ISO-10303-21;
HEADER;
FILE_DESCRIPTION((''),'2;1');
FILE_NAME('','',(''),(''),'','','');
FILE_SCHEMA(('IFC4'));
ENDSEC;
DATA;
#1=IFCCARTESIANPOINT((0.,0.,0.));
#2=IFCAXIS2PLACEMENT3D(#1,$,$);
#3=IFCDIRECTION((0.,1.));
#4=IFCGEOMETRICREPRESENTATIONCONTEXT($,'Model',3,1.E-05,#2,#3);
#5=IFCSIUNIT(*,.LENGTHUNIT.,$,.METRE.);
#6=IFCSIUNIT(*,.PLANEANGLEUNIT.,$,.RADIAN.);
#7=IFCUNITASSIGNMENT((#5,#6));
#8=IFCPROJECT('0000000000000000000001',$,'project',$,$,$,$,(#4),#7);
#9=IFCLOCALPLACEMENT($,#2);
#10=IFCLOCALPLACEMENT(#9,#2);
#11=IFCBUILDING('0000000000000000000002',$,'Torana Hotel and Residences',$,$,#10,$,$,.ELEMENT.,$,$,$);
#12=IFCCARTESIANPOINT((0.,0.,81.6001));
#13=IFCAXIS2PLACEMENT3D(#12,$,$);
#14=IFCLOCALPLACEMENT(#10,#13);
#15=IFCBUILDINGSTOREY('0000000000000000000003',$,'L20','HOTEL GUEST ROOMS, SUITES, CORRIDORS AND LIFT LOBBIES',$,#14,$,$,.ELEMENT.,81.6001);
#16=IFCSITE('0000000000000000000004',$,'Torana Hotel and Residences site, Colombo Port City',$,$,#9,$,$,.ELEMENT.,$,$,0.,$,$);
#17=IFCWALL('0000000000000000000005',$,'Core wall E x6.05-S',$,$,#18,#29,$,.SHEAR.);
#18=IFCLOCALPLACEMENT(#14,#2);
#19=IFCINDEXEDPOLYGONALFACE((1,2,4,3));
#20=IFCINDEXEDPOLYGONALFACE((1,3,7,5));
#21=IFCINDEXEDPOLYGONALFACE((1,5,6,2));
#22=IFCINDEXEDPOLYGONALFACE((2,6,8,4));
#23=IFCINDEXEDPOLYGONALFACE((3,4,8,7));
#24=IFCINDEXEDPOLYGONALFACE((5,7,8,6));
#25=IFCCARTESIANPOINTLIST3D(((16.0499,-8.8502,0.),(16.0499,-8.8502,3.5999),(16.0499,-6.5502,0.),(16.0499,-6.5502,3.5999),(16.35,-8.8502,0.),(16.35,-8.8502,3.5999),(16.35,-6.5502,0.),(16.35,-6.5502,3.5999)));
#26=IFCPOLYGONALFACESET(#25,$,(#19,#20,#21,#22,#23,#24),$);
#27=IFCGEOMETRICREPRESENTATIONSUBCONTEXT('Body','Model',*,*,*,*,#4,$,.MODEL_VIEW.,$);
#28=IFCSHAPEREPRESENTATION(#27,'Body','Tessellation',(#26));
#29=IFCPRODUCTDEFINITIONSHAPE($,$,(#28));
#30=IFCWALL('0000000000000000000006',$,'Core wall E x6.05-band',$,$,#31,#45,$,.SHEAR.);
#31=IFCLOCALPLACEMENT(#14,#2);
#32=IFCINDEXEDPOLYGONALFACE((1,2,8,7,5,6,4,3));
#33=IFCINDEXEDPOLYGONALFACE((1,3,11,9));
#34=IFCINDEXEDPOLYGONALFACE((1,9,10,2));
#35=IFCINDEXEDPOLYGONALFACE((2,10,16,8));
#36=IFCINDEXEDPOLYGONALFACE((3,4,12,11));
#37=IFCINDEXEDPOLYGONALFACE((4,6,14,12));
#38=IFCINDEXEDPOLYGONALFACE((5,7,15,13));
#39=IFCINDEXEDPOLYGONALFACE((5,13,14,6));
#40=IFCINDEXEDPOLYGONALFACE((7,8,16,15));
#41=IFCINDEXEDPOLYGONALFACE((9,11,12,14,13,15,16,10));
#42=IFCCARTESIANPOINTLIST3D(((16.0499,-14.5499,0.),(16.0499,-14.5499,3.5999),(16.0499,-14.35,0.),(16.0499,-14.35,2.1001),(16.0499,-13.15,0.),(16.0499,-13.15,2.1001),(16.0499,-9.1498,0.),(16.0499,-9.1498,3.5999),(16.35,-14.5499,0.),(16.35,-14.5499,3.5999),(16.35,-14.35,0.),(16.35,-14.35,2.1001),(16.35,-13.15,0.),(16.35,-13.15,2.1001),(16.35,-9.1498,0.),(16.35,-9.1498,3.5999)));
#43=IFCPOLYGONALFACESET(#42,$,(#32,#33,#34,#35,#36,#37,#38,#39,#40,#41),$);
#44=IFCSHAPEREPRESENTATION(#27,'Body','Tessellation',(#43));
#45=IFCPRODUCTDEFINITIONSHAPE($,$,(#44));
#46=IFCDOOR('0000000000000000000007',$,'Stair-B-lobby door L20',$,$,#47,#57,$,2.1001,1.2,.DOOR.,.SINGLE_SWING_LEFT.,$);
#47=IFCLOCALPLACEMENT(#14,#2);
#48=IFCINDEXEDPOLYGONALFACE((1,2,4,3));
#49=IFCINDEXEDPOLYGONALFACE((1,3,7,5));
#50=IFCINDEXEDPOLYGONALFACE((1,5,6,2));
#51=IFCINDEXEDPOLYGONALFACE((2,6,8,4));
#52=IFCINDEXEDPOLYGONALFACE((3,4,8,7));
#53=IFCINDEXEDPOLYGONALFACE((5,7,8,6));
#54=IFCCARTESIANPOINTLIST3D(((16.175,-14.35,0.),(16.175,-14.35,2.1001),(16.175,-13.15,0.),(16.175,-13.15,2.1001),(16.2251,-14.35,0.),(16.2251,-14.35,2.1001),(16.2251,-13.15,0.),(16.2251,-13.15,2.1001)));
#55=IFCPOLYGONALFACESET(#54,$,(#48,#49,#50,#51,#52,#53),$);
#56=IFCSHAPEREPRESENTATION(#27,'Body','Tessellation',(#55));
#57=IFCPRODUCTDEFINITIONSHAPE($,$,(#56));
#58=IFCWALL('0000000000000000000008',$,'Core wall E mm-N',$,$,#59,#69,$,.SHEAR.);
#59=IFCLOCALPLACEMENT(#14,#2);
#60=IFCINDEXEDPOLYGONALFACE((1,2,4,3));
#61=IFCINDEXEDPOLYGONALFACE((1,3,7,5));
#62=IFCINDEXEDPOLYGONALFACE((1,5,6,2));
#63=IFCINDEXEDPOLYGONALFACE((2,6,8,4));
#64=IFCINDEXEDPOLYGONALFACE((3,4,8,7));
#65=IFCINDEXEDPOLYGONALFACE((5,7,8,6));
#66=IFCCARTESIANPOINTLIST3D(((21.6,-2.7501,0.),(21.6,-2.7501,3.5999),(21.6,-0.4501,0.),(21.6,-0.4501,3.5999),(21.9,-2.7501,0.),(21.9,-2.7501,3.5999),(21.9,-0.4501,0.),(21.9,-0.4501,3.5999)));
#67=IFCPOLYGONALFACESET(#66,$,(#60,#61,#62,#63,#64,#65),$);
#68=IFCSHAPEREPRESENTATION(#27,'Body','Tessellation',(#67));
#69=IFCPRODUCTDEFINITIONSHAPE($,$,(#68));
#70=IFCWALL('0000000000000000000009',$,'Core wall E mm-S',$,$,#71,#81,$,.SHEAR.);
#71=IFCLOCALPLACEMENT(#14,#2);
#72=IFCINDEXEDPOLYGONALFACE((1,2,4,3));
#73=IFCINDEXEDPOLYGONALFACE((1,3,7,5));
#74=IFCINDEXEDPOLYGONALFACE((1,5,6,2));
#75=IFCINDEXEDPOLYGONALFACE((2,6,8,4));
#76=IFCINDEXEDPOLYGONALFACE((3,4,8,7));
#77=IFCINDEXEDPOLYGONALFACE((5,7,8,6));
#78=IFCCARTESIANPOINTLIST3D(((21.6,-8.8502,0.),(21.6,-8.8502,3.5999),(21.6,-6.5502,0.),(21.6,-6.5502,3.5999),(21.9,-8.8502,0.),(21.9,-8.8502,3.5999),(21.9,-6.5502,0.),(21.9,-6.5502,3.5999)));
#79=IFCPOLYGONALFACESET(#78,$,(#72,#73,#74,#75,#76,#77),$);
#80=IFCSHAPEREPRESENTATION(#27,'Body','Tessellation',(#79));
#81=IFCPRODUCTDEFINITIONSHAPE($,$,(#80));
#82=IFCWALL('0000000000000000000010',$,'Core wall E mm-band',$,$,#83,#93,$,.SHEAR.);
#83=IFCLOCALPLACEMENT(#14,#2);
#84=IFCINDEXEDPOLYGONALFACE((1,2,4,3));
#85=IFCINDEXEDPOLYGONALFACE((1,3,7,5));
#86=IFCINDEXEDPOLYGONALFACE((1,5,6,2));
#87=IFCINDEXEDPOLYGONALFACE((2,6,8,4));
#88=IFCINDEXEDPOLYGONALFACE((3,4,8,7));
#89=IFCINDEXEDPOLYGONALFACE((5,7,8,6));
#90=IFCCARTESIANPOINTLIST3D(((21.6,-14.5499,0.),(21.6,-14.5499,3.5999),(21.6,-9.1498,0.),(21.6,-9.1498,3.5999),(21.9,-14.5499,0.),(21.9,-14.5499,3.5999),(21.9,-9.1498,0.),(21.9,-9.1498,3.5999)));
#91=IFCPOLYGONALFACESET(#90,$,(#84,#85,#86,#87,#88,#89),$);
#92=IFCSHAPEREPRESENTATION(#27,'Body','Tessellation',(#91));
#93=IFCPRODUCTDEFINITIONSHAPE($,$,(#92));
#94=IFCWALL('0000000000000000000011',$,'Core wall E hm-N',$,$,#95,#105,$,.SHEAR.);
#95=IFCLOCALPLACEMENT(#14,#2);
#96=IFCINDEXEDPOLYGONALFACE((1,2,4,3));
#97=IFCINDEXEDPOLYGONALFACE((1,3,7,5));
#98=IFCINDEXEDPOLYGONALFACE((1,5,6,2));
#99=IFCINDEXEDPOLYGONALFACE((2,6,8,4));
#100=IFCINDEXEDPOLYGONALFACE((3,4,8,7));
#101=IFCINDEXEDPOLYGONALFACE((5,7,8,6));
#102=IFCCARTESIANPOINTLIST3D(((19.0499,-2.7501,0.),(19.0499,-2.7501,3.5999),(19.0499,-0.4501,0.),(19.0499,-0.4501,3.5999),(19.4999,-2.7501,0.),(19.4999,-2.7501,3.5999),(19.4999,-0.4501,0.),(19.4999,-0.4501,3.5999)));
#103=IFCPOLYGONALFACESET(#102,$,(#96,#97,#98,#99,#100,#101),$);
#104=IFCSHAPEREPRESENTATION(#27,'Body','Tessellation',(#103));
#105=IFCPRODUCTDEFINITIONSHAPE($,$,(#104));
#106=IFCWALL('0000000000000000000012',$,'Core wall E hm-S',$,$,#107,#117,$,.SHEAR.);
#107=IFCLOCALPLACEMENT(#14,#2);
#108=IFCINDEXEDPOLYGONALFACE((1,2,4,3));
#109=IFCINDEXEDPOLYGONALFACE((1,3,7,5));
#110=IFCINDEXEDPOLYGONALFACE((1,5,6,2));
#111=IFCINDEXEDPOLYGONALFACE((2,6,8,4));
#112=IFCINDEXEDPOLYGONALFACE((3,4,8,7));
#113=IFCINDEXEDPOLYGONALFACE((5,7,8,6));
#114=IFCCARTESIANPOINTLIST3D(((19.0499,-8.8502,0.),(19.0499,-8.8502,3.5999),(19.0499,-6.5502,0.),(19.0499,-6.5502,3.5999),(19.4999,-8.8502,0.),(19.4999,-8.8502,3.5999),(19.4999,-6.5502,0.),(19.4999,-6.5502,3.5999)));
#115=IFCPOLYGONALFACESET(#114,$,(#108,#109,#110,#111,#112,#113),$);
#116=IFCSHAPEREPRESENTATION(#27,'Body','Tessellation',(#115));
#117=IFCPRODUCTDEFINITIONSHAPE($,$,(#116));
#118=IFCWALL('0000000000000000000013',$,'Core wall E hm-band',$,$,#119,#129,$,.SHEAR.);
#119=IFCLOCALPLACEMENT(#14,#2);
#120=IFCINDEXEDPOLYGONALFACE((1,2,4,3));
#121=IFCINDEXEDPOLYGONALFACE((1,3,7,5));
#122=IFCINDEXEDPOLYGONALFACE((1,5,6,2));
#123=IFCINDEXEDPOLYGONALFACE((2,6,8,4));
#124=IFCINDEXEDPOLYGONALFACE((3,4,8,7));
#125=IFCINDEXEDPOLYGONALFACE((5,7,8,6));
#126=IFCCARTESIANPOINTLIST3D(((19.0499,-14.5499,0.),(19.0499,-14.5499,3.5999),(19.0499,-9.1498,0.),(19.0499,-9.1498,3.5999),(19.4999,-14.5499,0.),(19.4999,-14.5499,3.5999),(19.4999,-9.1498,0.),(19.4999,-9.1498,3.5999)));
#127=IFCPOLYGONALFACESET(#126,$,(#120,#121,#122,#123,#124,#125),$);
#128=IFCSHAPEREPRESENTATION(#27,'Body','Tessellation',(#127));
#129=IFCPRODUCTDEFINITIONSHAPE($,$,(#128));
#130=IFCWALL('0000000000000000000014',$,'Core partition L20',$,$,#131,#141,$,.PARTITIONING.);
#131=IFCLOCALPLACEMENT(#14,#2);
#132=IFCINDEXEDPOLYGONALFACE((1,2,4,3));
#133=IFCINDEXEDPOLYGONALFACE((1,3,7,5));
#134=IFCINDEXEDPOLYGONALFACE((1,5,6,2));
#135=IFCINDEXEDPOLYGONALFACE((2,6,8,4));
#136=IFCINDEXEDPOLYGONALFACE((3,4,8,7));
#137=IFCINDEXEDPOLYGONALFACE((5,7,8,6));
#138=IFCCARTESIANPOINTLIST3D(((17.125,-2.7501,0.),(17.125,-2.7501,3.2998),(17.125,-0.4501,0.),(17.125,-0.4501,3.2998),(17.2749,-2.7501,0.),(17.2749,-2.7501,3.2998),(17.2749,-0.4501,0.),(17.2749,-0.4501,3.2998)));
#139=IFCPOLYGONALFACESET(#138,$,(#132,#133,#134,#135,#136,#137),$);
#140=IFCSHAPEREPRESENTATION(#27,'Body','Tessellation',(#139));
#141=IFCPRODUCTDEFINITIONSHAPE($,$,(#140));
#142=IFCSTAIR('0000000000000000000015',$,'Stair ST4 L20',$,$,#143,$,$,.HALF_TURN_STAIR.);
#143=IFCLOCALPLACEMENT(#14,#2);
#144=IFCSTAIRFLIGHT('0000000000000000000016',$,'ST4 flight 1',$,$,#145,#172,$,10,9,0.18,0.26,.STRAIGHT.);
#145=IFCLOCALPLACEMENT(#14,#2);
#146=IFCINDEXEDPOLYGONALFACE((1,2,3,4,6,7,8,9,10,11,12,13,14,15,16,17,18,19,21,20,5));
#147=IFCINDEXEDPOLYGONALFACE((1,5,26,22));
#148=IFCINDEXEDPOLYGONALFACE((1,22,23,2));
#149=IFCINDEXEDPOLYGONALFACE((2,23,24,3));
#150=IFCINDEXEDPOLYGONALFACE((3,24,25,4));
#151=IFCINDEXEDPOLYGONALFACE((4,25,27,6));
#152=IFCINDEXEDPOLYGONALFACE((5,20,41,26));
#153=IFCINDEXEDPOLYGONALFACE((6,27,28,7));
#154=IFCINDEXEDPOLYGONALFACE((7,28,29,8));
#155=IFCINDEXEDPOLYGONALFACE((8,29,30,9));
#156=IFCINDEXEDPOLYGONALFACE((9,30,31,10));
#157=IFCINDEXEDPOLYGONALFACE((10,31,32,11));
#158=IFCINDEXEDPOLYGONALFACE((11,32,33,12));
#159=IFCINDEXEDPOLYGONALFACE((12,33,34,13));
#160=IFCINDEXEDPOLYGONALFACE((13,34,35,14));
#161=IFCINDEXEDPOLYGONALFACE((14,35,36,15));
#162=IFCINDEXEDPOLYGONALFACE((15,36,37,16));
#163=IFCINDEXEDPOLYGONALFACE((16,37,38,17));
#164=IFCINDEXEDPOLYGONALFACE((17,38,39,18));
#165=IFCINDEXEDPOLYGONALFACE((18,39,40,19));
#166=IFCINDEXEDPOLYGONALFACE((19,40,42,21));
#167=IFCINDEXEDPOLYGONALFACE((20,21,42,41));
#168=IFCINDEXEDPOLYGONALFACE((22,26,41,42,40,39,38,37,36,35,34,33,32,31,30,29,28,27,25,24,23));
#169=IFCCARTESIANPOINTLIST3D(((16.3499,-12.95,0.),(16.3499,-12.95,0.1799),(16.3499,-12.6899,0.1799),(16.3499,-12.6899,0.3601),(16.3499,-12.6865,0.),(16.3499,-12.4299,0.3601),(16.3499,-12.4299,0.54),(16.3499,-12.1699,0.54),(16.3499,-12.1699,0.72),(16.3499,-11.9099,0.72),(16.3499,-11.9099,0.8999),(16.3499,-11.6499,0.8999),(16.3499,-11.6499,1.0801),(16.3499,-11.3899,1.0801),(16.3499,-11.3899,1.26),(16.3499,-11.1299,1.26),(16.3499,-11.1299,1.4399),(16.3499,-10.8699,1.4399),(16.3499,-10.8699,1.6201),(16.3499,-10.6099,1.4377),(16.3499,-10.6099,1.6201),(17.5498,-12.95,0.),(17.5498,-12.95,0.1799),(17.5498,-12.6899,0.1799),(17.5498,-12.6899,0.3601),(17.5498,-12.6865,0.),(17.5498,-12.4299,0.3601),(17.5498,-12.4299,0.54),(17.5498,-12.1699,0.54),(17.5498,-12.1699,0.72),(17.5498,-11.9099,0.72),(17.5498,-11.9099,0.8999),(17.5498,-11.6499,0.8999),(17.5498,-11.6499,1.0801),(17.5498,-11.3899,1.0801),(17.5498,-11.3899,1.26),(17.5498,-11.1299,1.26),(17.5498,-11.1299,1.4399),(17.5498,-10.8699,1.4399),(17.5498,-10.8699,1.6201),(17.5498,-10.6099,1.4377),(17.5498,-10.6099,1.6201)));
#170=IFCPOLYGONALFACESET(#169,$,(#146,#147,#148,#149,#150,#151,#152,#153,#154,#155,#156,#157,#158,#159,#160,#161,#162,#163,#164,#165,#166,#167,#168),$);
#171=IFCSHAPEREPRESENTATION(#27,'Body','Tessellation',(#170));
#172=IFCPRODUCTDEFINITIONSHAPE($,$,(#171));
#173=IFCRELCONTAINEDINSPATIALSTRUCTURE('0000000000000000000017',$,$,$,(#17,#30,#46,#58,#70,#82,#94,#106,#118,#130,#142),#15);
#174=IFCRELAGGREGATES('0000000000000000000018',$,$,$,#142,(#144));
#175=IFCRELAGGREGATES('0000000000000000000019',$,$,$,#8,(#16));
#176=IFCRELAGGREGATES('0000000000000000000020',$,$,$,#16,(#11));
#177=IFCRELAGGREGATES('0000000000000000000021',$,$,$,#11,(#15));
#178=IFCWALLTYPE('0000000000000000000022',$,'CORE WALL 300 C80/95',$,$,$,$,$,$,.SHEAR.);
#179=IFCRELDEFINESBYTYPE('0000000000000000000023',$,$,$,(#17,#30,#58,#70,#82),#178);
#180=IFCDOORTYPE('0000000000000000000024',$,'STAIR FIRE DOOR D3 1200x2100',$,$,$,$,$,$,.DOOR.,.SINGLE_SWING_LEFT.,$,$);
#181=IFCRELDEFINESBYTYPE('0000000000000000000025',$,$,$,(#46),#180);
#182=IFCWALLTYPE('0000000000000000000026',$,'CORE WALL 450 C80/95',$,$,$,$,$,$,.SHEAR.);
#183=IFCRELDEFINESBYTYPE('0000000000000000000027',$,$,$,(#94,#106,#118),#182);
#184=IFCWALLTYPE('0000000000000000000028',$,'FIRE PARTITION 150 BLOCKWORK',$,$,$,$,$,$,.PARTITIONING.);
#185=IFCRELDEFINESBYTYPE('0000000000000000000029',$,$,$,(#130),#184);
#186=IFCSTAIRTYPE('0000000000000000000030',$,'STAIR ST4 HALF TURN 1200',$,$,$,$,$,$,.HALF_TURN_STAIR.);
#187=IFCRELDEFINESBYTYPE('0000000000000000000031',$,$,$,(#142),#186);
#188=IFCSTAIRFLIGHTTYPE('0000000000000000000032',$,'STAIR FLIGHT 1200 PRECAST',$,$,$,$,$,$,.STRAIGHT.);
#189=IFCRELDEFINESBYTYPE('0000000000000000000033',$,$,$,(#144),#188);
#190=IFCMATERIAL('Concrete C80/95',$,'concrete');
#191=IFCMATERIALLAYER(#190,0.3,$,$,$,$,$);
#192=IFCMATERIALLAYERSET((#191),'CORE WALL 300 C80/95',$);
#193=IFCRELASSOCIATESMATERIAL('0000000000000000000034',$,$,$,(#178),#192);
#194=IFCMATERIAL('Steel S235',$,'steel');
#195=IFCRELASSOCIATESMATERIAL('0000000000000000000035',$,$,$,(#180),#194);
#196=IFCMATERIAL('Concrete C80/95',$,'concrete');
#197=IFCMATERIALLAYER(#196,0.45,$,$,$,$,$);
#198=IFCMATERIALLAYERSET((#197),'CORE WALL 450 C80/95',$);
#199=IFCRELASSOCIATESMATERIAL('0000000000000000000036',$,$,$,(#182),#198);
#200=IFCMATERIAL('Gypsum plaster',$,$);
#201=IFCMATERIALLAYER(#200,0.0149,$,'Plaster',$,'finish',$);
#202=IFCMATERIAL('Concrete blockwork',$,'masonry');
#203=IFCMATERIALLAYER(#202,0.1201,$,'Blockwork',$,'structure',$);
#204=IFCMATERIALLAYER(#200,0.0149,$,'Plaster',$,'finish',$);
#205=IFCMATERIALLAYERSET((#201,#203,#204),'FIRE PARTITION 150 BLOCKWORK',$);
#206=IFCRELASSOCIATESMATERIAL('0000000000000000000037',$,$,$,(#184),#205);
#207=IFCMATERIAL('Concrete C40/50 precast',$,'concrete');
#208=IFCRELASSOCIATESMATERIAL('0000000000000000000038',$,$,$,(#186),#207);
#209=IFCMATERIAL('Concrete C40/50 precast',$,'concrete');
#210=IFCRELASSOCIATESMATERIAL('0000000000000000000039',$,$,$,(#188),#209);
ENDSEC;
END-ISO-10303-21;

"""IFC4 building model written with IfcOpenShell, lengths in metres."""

from ifc_helpers import new_model, si_unit, direction, frame, frame_2d, origin, place, context, subcontext, project, spatial, polyline, rectangle, outline, extrude, material, layer, layer_set, type_object, element, fill, aggregate, save


model = new_model("IFC4")

# Units and contexts
model_context = context("Model", 3, precision=1e-05, world=origin(), true_north=direction((0.0, 1.0)))
body_context = subcontext(model_context, "Body", "Model", "MODEL_VIEW")
ifc_project = project(units=[si_unit("LENGTHUNIT", "METRE"), si_unit("PLANEANGLEUNIT", "RADIAN")], contexts=[model_context])

# Site, building, storey
site_placement = place(None, origin())
site = spatial("IfcSite", under=ifc_project, at=site_placement, Name="Torana Hotel and Residences site, Colombo Port City", CompositionType="ELEMENT", RefElevation=0.0)
building_placement = place(site_placement, origin())
building = spatial("IfcBuilding", under=site, at=building_placement, Name="Torana Hotel and Residences", CompositionType="ELEMENT")
storey_placement = place(building_placement, frame((0.0, 0.0, 81.6001)))
storey = spatial("IfcBuildingStorey", under=building, at=storey_placement, Name="L20", Description="HOTEL GUEST ROOMS, SUITES, CORRIDORS AND LIFT LOBBIES", CompositionType="ELEMENT", Elevation=81.6001)

# Wall
ifc_material_1 = material(Name="Concrete C80/95", Category="concrete")
ifc_layer_1 = layer(ifc_material_1, 0.3)
ifc_layer_set_1 = layer_set([ifc_layer_1], Name="CORE WALL 300 C80/95")
wall_type_1 = type_object("IfcWallType", Name="CORE WALL 300 C80/95", PredefinedType="SHEAR", material=ifc_layer_set_1)
wall_1_placement = place(storey_placement, frame((16.2, -8.8501, 0.0), z_axis=(0.0, 0.0, 1.0), x_axis=(0.0, 1.0, 0.0)))
element("IfcWall", 1, at=wall_1_placement, inside=storey, type_object=wall_type_1, Name="Core wall E x6.05-S", PredefinedType="SHEAR", context=body_context, shape_type="SweptSolid", body=[
    extrude(rectangle(XDim=2.3, YDim=0.3, at=frame_2d((1.1499, 0.0))), origin(), (0.0, 0.0, 1.0), 3.5999),
])

# Wall, opening, door
wall_2_placement = place(storey_placement, frame((16.2, -14.55, 0.0), z_axis=(0.0, 0.0, 1.0), x_axis=(0.0, 1.0, 0.0)))
wall_2 = element("IfcWall", 2, at=wall_2_placement, inside=storey, type_object=wall_type_1, Name="Core wall E x6.05-band", PredefinedType="SHEAR", context=body_context, shape_type="SweptSolid", body=[
    extrude(rectangle(XDim=5.4001, YDim=0.3, at=frame_2d((2.7002, 0.0))), origin(), (0.0, 0.0, 1.0), 3.5999),
])
opening_placement = place(wall_2_placement, frame((0.2, 0.0, 0.0)))
opening = element("IfcOpeningElement", 3, at=opening_placement, cuts=wall_2, PredefinedType="OPENING", context=body_context, shape_type="SweptSolid", body=[
    extrude(rectangle(XDim=1.2, YDim=2.1001, at=frame_2d((0.6001, 1.05))), frame((0.0, 0.1599, 0.0), z_axis=(0.0, -1.0, 0.0), x_axis=(1.0, 0.0, 0.0)), (0.0, 0.0, 1.0), 0.3201),
])
ifc_material_2 = material(Name="Steel S235", Category="steel")
door_type = type_object("IfcDoorType", Name="STAIR FIRE DOOR D3 1200x2100", OperationType="SINGLE_SWING_LEFT", PredefinedType="DOOR", material=ifc_material_2)
door_placement = place(opening_placement, frame((0.6001, 0.0, 0.0), z_axis=(0.0, 0.0, 1.0), x_axis=(-1.0, 0.0, 0.0)))
door = element("IfcDoor", 4, at=door_placement, inside=storey, type_object=door_type, Name="Stair-B-lobby door L20", OperationType="SINGLE_SWING_LEFT", OverallHeight=2.1001, OverallWidth=1.2, PredefinedType="DOOR", context=body_context, shape_type="SweptSolid", body=[
    extrude(rectangle(XDim=1.2, YDim=2.1001, at=frame_2d((0.0, 1.05))), frame((0.0, -0.0249, 0.0), z_axis=(0.0, 1.0, 0.0), x_axis=(-1.0, 0.0, 0.0)), (0.0, 0.0, 1.0), 0.05),
])
fill(opening, door)

# Walls
for number, where, z_axis, x_axis, name in (
    (5, (21.75, -2.75, 0.0), (0.0, 0.0, 1.0), (0.0, 1.0, 0.0), "Core wall E mm-N"),
    (6, (21.75, -8.8501, 0.0), (0.0, 0.0, 1.0), (0.0, 1.0, 0.0), "Core wall E mm-S"),
):
    element("IfcWall", number, at=place(storey_placement, frame(where, z_axis=z_axis, x_axis=x_axis)), inside=storey, type_object=wall_type_1, Name=name, PredefinedType="SHEAR", context=body_context, shape_type="SweptSolid", body=[
        extrude(rectangle(XDim=2.3, YDim=0.3, at=frame_2d((1.1499, 0.0))), origin(), (0.0, 0.0, 1.0), 3.5999),
    ])
wall_3_placement = place(storey_placement, frame((21.75, -14.55, 0.0), z_axis=(0.0, 0.0, 1.0), x_axis=(0.0, 1.0, 0.0)))
element("IfcWall", 7, at=wall_3_placement, inside=storey, type_object=wall_type_1, Name="Core wall E mm-band", PredefinedType="SHEAR", context=body_context, shape_type="SweptSolid", body=[
    extrude(rectangle(XDim=5.4001, YDim=0.3, at=frame_2d((2.7002, 0.0))), origin(), (0.0, 0.0, 1.0), 3.5999),
])
ifc_material_3 = material(Name="Concrete C80/95", Category="concrete")
ifc_layer_2 = layer(ifc_material_3, 0.45)
ifc_layer_set_2 = layer_set([ifc_layer_2], Name="CORE WALL 450 C80/95")
wall_type_2 = type_object("IfcWallType", Name="CORE WALL 450 C80/95", PredefinedType="SHEAR", material=ifc_layer_set_2)
for number, where, z_axis, x_axis, name in (
    (8, (19.2749, -2.75, 0.0), (0.0, 0.0, 1.0), (0.0, 1.0, 0.0), "Core wall E hm-N"),
    (9, (19.2749, -8.8501, 0.0), (0.0, 0.0, 1.0), (0.0, 1.0, 0.0), "Core wall E hm-S"),
):
    element("IfcWall", number, at=place(storey_placement, frame(where, z_axis=z_axis, x_axis=x_axis)), inside=storey, type_object=wall_type_2, Name=name, PredefinedType="SHEAR", context=body_context, shape_type="SweptSolid", body=[
        extrude(rectangle(XDim=2.3, YDim=0.45, at=frame_2d((1.1499, 0.0))), origin(), (0.0, 0.0, 1.0), 3.5999),
    ])
wall_4_placement = place(storey_placement, frame((19.2749, -14.55, 0.0), z_axis=(0.0, 0.0, 1.0), x_axis=(0.0, 1.0, 0.0)))
element("IfcWall", 10, at=wall_4_placement, inside=storey, type_object=wall_type_2, Name="Core wall E hm-band", PredefinedType="SHEAR", context=body_context, shape_type="SweptSolid", body=[
    extrude(rectangle(XDim=5.4001, YDim=0.45, at=frame_2d((2.7002, 0.0))), origin(), (0.0, 0.0, 1.0), 3.5999),
])
ifc_material_4 = material(Name="Gypsum plaster")
ifc_layer_3 = layer(ifc_material_4, 0.0149, Name="Plaster", Category="finish")
ifc_material_5 = material(Name="Concrete blockwork", Category="masonry")
ifc_layer_4 = layer(ifc_material_5, 0.1201, Name="Blockwork", Category="structure")
ifc_layer_5 = layer(ifc_material_4, 0.0149, Name="Plaster", Category="finish")
ifc_layer_set_3 = layer_set([ifc_layer_3, ifc_layer_4, ifc_layer_5], Name="FIRE PARTITION 150 BLOCKWORK")
wall_type_3 = type_object("IfcWallType", Name="FIRE PARTITION 150 BLOCKWORK", PredefinedType="PARTITIONING", material=ifc_layer_set_3)
wall_5_placement = place(storey_placement, frame((17.2, -2.75, 0.0), z_axis=(0.0, 0.0, 1.0), x_axis=(0.0, 1.0, 0.0)))
element("IfcWall", 11, at=wall_5_placement, inside=storey, type_object=wall_type_3, Name="Core partition L20", PredefinedType="PARTITIONING", context=body_context, shape_type="SweptSolid", body=[
    extrude(rectangle(XDim=2.3, YDim=0.1499, at=frame_2d((1.1499, 0.0))), origin(), (0.0, 0.0, 1.0), 3.2998),
])

# Stair, stair flight
ifc_material_6 = material(Name="Concrete C40/50 precast", Category="concrete")
stair_type = type_object("IfcStairType", Name="STAIR ST4 HALF TURN 1200", PredefinedType="HALF_TURN_STAIR", material=ifc_material_6)
stair_placement = place(storey_placement, origin())
stair = element("IfcStair", 12, at=stair_placement, inside=storey, type_object=stair_type, Name="Stair ST4 L20", PredefinedType="HALF_TURN_STAIR")
ifc_material_7 = material(Name="Concrete C40/50 precast", Category="concrete")
stair_flight_type = type_object("IfcStairFlightType", Name="STAIR FLIGHT 1200 PRECAST", PredefinedType="STRAIGHT", material=ifc_material_7)
stair_flight_1_placement = place(storey_placement, frame((16.95, -12.95, 0.0), z_axis=(0.0, 0.0, 1.0), x_axis=(0.0, 1.0, 0.0)))
stair_flight_1 = element("IfcStairFlight", 13, at=stair_flight_1_placement, type_object=stair_flight_type, Name="ST4 flight 1", NumberOfRisers=10, NumberOfTreads=9, PredefinedType="STRAIGHT", RiserHeight=0.18, TreadLength=0.26, context=body_context, shape_type="SweptSolid", body=[
    extrude(outline(polyline([(0.0, 0.0), (0.0, 0.1799), (0.26, 0.1799), (0.26, 0.3601), (0.52, 0.3601), (0.52, 0.54), (0.78, 0.54), (0.78, 0.72), (1.04, 0.72), (1.04, 0.8999), (1.3, 0.8999), (1.3, 1.0801), (1.5601, 1.0801), (1.5601, 1.26), (1.8201, 1.26), (1.8201, 1.4399), (2.0801, 1.4399), (2.0801, 1.6201), (2.3401, 1.6201), (2.3401, 1.8), (2.3401, 1.4377), (0.2634, 0.0), (0.0, 0.0)])), frame((0.0, 0.6001, 0.0), z_axis=(0.0, -1.0, 0.0), x_axis=(1.0, 0.0, 0.0)), (0.0, 0.0, 1.0), 1.2),
])
aggregate(stair, [stair_flight_1])

save(model, "model.ifc")
